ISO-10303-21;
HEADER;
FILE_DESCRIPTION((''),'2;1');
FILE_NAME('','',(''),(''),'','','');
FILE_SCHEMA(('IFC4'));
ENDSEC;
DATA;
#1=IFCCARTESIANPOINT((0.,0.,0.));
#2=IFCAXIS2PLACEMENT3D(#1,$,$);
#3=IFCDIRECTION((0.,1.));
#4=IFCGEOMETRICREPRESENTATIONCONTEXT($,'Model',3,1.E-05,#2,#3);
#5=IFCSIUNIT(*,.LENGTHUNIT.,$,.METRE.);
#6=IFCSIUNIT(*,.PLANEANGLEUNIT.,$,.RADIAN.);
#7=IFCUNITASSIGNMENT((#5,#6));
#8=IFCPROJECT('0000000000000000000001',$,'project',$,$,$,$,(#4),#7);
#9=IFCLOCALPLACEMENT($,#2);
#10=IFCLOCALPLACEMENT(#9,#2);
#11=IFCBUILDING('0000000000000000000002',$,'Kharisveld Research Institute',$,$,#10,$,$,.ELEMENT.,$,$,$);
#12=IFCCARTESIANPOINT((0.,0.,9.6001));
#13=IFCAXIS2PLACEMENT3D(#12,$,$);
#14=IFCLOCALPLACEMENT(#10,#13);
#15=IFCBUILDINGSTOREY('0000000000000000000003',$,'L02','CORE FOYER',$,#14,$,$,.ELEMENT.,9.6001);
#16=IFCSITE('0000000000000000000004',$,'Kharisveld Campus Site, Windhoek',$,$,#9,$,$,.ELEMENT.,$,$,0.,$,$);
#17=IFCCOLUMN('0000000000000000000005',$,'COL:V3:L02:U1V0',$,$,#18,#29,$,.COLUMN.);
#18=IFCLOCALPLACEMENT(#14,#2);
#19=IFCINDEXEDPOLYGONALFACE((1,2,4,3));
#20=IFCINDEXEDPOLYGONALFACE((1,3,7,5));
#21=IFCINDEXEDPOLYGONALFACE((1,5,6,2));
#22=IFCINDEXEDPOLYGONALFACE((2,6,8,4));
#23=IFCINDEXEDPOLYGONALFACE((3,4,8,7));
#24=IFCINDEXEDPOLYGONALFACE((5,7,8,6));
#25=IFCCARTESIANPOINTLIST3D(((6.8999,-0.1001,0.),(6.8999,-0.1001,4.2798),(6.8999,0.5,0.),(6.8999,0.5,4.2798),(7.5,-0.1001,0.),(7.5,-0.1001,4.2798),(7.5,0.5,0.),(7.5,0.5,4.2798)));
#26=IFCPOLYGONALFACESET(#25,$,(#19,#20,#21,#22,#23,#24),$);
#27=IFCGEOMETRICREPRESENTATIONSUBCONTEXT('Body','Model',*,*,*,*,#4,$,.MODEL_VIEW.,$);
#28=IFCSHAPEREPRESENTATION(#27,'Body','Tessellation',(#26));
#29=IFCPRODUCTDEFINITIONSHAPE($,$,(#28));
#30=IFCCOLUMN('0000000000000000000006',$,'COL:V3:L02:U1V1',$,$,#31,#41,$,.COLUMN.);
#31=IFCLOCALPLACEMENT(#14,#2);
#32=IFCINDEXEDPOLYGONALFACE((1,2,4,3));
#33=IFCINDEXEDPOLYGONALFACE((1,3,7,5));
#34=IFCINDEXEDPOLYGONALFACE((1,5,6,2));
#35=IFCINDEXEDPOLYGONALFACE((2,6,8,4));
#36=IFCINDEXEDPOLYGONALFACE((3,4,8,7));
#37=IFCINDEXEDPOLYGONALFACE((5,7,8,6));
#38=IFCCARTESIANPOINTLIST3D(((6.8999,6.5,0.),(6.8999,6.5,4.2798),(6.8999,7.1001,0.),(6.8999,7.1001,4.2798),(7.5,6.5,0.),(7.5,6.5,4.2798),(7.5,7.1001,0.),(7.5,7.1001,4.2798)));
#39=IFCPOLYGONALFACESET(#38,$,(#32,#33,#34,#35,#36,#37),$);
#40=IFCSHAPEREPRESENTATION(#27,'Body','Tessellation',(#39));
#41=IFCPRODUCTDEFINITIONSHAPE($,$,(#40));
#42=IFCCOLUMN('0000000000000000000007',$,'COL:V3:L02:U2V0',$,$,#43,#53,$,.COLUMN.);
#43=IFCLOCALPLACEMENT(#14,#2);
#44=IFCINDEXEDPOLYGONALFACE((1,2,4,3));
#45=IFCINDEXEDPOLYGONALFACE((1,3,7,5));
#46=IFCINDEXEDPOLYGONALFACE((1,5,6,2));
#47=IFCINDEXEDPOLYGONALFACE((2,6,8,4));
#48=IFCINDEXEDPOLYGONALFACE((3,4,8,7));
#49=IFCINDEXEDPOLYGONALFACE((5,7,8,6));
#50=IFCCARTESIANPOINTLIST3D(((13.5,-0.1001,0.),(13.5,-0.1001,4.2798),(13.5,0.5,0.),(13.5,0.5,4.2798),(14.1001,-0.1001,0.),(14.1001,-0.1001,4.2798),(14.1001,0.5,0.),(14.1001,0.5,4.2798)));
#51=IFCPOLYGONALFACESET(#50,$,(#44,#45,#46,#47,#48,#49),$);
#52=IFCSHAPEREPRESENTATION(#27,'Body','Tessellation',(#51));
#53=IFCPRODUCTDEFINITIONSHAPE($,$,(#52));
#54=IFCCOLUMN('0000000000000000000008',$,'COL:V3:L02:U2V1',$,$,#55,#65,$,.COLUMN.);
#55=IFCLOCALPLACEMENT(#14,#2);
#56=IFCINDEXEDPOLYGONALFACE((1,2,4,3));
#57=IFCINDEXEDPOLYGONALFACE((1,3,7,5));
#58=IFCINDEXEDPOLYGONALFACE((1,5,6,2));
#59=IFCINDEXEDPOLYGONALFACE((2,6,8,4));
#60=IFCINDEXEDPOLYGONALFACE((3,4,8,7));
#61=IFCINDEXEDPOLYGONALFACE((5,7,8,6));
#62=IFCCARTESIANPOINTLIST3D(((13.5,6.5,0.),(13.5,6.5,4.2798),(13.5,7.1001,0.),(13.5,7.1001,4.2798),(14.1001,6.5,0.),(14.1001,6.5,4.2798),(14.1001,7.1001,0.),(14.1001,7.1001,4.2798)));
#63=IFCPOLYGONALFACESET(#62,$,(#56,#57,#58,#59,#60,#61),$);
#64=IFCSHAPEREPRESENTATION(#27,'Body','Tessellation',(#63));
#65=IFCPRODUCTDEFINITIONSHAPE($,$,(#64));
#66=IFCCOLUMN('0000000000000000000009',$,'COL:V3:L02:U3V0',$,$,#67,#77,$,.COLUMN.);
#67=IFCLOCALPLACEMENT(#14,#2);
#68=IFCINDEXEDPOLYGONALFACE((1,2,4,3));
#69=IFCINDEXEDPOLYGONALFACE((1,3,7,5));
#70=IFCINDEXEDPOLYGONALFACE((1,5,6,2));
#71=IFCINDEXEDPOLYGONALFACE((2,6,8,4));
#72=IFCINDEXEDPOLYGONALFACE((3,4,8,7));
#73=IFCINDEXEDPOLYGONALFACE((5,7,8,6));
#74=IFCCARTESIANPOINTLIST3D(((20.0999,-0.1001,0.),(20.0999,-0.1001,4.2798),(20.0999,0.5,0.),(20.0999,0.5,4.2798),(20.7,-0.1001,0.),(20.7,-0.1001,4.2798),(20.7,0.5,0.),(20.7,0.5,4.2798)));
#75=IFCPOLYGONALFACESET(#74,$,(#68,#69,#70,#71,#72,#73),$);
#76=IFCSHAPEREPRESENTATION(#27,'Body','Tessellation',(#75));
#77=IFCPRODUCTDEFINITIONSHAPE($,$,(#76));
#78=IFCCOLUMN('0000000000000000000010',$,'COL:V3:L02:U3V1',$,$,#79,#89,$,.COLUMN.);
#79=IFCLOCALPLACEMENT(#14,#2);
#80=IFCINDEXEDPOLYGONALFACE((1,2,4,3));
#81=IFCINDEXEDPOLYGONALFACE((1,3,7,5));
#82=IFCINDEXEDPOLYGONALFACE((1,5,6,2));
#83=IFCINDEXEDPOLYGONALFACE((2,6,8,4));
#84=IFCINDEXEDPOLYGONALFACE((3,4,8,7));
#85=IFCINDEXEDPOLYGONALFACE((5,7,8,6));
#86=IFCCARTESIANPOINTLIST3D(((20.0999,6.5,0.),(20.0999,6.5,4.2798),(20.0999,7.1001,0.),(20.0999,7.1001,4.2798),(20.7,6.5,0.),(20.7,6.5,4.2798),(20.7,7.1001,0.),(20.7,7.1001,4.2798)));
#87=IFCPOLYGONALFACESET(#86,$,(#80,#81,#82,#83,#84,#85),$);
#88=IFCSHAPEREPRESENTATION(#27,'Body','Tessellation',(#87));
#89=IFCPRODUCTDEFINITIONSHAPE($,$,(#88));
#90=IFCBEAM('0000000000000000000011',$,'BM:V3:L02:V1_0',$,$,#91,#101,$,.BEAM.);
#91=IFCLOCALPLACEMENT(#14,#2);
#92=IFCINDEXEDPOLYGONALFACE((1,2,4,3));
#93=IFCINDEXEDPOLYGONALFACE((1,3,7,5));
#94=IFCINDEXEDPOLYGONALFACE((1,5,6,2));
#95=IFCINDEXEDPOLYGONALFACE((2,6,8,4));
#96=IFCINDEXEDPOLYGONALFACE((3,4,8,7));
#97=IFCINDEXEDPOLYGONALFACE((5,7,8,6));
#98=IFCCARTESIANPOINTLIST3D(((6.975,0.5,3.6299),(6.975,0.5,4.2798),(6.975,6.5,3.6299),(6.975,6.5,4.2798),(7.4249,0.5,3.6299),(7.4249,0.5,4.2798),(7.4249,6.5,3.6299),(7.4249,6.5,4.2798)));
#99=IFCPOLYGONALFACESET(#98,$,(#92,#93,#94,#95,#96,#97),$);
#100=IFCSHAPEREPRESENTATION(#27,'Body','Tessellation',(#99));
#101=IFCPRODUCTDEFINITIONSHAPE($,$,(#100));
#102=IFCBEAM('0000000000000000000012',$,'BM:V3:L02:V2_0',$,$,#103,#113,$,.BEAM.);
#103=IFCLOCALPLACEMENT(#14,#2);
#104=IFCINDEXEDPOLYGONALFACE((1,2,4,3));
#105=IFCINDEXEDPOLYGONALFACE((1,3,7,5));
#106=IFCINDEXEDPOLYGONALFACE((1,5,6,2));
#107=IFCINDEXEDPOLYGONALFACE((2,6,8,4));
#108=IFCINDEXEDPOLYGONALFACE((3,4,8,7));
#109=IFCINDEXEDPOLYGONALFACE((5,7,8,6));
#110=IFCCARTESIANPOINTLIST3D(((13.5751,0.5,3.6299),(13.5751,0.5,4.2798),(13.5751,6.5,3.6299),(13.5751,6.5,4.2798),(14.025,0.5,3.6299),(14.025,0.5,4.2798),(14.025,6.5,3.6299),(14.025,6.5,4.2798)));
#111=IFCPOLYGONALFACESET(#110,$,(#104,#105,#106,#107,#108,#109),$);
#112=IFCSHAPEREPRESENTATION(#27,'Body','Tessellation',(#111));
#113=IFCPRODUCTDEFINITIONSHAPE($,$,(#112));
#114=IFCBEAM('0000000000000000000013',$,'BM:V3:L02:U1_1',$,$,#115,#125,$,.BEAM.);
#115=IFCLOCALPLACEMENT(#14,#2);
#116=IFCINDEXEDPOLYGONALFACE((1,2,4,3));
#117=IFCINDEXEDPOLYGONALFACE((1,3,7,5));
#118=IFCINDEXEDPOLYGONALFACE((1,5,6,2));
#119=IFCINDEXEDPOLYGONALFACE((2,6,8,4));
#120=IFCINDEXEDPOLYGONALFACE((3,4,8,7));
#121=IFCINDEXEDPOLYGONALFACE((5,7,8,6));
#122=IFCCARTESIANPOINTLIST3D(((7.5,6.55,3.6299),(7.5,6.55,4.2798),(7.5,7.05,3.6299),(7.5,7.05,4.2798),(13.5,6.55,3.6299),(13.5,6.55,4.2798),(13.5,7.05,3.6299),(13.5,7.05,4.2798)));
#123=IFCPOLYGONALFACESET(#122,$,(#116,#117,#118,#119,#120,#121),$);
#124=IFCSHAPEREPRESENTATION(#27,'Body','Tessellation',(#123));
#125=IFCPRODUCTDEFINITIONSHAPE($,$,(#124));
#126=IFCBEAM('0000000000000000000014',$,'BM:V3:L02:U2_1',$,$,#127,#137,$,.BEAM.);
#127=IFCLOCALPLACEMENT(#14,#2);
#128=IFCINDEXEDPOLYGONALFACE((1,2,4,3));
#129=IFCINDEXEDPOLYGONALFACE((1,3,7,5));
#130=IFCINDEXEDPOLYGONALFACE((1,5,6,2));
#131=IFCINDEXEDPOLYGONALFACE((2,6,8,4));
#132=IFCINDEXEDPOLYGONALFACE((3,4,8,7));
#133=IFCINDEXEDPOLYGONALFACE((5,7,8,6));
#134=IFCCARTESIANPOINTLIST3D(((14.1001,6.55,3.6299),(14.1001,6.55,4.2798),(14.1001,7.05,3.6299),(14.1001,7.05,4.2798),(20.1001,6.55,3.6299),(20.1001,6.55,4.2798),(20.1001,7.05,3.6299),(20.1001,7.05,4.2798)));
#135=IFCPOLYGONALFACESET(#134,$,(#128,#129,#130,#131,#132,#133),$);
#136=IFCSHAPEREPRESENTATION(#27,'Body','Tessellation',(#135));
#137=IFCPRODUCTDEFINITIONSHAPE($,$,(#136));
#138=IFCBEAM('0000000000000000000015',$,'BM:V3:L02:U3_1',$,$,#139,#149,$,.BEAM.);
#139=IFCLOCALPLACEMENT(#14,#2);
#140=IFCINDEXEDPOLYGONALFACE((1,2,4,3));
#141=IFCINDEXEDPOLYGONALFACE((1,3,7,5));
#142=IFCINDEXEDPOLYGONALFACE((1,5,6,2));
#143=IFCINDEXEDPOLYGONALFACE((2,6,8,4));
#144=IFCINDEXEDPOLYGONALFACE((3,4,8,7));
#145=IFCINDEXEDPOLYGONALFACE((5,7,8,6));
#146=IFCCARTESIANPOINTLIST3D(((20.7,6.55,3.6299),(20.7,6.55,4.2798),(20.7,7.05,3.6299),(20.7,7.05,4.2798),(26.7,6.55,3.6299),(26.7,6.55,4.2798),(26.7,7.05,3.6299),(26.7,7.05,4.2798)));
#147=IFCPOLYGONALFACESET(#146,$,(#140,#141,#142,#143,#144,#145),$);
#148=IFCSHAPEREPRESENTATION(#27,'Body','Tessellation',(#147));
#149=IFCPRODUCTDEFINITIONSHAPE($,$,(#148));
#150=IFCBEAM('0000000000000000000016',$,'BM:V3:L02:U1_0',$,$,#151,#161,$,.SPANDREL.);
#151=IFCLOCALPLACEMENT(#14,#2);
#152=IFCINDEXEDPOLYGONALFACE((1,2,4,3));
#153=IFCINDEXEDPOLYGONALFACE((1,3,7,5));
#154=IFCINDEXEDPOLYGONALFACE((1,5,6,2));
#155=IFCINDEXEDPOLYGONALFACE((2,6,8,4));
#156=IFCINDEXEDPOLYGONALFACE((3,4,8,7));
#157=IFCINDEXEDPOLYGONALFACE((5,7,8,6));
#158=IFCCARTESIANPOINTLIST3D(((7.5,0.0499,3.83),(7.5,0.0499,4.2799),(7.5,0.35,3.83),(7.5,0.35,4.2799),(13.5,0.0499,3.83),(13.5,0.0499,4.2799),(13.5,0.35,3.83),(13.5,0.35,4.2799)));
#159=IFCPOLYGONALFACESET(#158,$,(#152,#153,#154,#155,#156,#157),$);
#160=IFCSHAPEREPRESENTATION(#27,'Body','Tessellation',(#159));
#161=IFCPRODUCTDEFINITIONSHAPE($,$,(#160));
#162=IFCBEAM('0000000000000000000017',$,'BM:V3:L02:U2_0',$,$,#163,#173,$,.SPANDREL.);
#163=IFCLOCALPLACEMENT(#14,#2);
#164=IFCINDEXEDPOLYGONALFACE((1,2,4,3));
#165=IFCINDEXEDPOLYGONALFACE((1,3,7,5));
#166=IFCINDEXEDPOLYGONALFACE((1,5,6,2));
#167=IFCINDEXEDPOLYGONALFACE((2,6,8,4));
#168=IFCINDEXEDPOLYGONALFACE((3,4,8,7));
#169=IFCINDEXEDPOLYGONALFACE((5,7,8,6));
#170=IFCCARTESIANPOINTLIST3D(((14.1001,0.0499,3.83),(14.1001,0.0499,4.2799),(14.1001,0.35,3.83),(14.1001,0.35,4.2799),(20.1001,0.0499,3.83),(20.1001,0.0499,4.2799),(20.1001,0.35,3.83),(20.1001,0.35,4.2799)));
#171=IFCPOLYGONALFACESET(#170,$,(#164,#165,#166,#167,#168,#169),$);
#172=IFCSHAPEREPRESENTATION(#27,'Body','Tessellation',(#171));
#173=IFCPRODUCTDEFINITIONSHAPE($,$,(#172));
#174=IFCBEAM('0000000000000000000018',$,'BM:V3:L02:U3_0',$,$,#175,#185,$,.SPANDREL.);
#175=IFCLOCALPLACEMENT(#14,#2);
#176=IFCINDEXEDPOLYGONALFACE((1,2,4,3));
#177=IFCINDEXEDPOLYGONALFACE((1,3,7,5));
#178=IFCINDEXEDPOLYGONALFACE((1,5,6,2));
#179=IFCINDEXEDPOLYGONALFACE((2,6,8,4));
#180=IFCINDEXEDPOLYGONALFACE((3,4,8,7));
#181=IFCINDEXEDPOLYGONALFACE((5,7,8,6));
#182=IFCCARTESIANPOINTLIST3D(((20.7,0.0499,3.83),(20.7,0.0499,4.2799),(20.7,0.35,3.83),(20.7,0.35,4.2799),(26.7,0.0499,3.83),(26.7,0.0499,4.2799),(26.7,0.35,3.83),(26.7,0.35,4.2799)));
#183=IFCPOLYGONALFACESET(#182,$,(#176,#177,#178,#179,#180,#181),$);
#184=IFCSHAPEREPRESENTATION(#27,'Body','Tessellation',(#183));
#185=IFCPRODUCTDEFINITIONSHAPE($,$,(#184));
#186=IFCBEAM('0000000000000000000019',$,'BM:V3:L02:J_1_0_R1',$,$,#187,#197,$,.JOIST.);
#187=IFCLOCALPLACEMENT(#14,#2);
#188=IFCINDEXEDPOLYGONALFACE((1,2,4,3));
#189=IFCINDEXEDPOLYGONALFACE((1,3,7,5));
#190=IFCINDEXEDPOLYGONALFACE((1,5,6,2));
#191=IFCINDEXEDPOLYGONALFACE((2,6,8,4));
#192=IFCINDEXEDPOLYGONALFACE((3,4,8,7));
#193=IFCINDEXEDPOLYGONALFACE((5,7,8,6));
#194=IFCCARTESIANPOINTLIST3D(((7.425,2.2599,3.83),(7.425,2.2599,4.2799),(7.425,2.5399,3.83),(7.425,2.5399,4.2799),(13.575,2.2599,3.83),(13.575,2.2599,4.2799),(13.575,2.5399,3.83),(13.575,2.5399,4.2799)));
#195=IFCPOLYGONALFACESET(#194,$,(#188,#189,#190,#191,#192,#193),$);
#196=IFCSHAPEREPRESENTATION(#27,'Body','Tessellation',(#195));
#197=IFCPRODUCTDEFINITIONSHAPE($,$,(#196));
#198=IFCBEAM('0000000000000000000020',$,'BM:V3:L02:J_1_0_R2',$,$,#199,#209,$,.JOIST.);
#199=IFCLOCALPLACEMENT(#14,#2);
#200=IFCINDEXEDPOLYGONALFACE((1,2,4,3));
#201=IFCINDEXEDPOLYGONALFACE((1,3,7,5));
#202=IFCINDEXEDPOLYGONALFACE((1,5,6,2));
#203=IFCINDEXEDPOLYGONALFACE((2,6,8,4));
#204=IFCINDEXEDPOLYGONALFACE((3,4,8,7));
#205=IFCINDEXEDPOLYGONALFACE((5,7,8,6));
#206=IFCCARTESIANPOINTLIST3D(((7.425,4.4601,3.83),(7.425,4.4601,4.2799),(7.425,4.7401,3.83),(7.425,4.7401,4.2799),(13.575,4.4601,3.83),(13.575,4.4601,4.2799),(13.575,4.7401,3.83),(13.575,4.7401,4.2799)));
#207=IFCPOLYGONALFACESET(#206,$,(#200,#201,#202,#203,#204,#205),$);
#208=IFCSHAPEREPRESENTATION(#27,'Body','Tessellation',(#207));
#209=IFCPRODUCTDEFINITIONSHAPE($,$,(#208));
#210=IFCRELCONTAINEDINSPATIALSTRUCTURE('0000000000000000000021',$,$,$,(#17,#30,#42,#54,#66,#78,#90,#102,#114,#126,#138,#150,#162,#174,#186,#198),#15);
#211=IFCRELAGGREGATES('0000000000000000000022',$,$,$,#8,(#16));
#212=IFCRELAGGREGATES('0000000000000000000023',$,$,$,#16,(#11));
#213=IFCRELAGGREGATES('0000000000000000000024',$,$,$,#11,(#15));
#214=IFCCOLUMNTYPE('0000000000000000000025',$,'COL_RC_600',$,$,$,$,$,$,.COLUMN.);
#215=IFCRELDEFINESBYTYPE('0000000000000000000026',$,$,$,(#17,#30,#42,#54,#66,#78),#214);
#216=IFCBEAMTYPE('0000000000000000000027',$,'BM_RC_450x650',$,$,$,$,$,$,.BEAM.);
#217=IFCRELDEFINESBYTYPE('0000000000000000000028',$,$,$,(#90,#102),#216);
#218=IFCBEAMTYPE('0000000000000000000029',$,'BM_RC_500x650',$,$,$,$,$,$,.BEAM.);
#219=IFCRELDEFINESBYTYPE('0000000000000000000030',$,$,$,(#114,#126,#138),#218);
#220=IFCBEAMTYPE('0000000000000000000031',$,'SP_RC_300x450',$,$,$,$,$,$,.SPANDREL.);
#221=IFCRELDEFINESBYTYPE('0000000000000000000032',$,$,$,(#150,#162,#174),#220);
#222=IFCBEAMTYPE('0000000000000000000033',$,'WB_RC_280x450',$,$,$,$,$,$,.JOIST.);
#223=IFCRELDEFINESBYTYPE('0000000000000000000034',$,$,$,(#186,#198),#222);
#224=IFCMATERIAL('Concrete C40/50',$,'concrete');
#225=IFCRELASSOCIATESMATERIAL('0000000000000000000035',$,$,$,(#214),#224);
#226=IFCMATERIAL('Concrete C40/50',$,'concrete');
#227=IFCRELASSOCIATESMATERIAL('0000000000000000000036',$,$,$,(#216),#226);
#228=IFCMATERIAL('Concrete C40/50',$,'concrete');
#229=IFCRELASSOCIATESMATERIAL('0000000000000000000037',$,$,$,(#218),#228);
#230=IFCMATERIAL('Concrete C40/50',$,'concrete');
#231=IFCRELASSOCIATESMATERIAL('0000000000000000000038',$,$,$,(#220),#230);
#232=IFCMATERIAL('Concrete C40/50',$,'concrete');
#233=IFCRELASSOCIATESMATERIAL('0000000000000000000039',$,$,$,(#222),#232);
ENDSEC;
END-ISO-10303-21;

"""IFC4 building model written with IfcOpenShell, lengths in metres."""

from ifc_helpers import new_model, si_unit, direction, frame, origin, origin_2d, place, context, subcontext, project, spatial, rectangle, extrude, material, material_profile, profile_set, type_object, element, save


model = new_model("IFC4")

# Units and contexts
model_context = context("Model", 3, precision=1e-05, world=origin(), true_north=direction((0.0, 1.0)))
body_context = subcontext(model_context, "Body", "Model", "MODEL_VIEW")
ifc_project = project(units=[si_unit("LENGTHUNIT", "METRE"), si_unit("PLANEANGLEUNIT", "RADIAN")], contexts=[model_context])

# Site, building, storey
site_placement = place(None, origin())
site = spatial("IfcSite", under=ifc_project, at=site_placement, Name="Kharisveld Campus Site, Windhoek", CompositionType="ELEMENT", RefElevation=0.0)
building_placement = place(site_placement, origin())
building = spatial("IfcBuilding", under=site, at=building_placement, Name="Kharisveld Research Institute", CompositionType="ELEMENT")
storey_placement = place(building_placement, frame((0.0, 0.0, 9.6001)))
storey = spatial("IfcBuildingStorey", under=building, at=storey_placement, Name="L02", Description="CORE FOYER", CompositionType="ELEMENT", Elevation=9.6001)

# Columns
ifc_material_1 = material(Name="Concrete C40/50", Category="concrete")
ifc_material_profile_1 = material_profile(ifc_material_1, rectangle(XDim=0.6001, YDim=0.6001, at=origin_2d()))
ifc_profile_set_1 = profile_set([ifc_material_profile_1], Name="Concrete C40/50")
column_type = type_object("IfcColumnType", Name="COL_RC_600", PredefinedType="COLUMN", material=ifc_profile_set_1)
for number, where, z_axis, x_axis, name in (
    (1, (7.2, 0.2, 0.0), (0.0, 0.0, 1.0), (1.0, 0.0, 0.0), "COL:V3:L02:U1V0"),
    (2, (7.2, 6.8, 0.0), (0.0, 0.0, 1.0), (1.0, 0.0, 0.0), "COL:V3:L02:U1V1"),
    (3, (13.8, 0.2, 0.0), (0.0, 0.0, 1.0), (1.0, 0.0, 0.0), "COL:V3:L02:U2V0"),
    (4, (13.8, 6.8, 0.0), (0.0, 0.0, 1.0), (1.0, 0.0, 0.0), "COL:V3:L02:U2V1"),
    (5, (20.3999, 0.2, 0.0), (0.0, 0.0, 1.0), (1.0, 0.0, 0.0), "COL:V3:L02:U3V0"),
    (6, (20.3999, 6.8, 0.0), (0.0, 0.0, 1.0), (1.0, 0.0, 0.0), "COL:V3:L02:U3V1"),
):
    element("IfcColumn", number, at=place(storey_placement, frame(where, z_axis=z_axis, x_axis=x_axis)), inside=storey, type_object=column_type, Name=name, PredefinedType="COLUMN", context=body_context, shape_type="SweptSolid", body=[
        extrude(rectangle(XDim=0.6001, YDim=0.6001, at=origin_2d()), origin(), (0.0, 0.0, 1.0), 4.2798),
    ])

# Beams
ifc_material_2 = material(Name="Concrete C40/50", Category="concrete")
ifc_material_profile_2 = material_profile(ifc_material_2, rectangle(XDim=0.45, YDim=0.6499, at=origin_2d()))
ifc_profile_set_2 = profile_set([ifc_material_profile_2], Name="Concrete C40/50")
beam_type_1 = type_object("IfcBeamType", Name="BM_RC_450x650", PredefinedType="BEAM", material=ifc_profile_set_2)
for number, where, z_axis, x_axis, name in (
    (7, (7.2, 0.5, 3.9548), (0.0, 1.0, 0.0), (-1.0, 0.0, 0.0), "BM:V3:L02:V1_0"),
    (8, (13.8, 0.5, 3.9548), (0.0, 1.0, 0.0), (-1.0, 0.0, 0.0), "BM:V3:L02:V2_0"),
):
    element("IfcBeam", number, at=place(storey_placement, frame(where, z_axis=z_axis, x_axis=x_axis)), inside=storey, type_object=beam_type_1, Name=name, PredefinedType="BEAM", context=body_context, shape_type="SweptSolid", body=[
        extrude(rectangle(XDim=0.45, YDim=0.6499, at=origin_2d()), origin(), (0.0, 0.0, 1.0), 6.0),
    ])
ifc_material_3 = material(Name="Concrete C40/50", Category="concrete")
ifc_material_profile_3 = material_profile(ifc_material_3, rectangle(XDim=0.5, YDim=0.6499, at=origin_2d()))
ifc_profile_set_3 = profile_set([ifc_material_profile_3], Name="Concrete C40/50")
beam_type_2 = type_object("IfcBeamType", Name="BM_RC_500x650", PredefinedType="BEAM", material=ifc_profile_set_3)
for number, where, z_axis, x_axis, name in (
    (9, (7.5, 6.8, 3.9548), (1.0, 0.0, 0.0), (0.0, 1.0, 0.0), "BM:V3:L02:U1_1"),
    (10, (14.1001, 6.8, 3.9548), (1.0, 0.0, 0.0), (0.0, 1.0, 0.0), "BM:V3:L02:U2_1"),
    (11, (20.7, 6.8, 3.9548), (1.0, 0.0, 0.0), (0.0, 1.0, 0.0), "BM:V3:L02:U3_1"),
):
    element("IfcBeam", number, at=place(storey_placement, frame(where, z_axis=z_axis, x_axis=x_axis)), inside=storey, type_object=beam_type_2, Name=name, PredefinedType="BEAM", context=body_context, shape_type="SweptSolid", body=[
        extrude(rectangle(XDim=0.5, YDim=0.6499, at=origin_2d()), origin(), (0.0, 0.0, 1.0), 6.0),
    ])
ifc_material_4 = material(Name="Concrete C40/50", Category="concrete")
ifc_material_profile_4 = material_profile(ifc_material_4, rectangle(XDim=0.3, YDim=0.45, at=origin_2d()))
ifc_profile_set_4 = profile_set([ifc_material_profile_4], Name="Concrete C40/50")
beam_type_3 = type_object("IfcBeamType", Name="SP_RC_300x450", PredefinedType="SPANDREL", material=ifc_profile_set_4)
for number, where, z_axis, x_axis, name in (
    (12, (7.5, 0.2, 4.0549), (1.0, 0.0, 0.0), (0.0, 1.0, 0.0), "BM:V3:L02:U1_0"),
    (13, (14.1001, 0.2, 4.0549), (1.0, 0.0, 0.0), (0.0, 1.0, 0.0), "BM:V3:L02:U2_0"),
    (14, (20.7, 0.2, 4.0549), (1.0, 0.0, 0.0), (0.0, 1.0, 0.0), "BM:V3:L02:U3_0"),
):
    element("IfcBeam", number, at=place(storey_placement, frame(where, z_axis=z_axis, x_axis=x_axis)), inside=storey, type_object=beam_type_3, Name=name, PredefinedType="SPANDREL", context=body_context, shape_type="SweptSolid", body=[
        extrude(rectangle(XDim=0.3, YDim=0.45, at=origin_2d()), origin(), (0.0, 0.0, 1.0), 6.0),
    ])
ifc_material_5 = material(Name="Concrete C40/50", Category="concrete")
ifc_material_profile_5 = material_profile(ifc_material_5, rectangle(XDim=0.28, YDim=0.45, at=origin_2d()))
ifc_profile_set_5 = profile_set([ifc_material_profile_5], Name="Concrete C40/50")
beam_type_4 = type_object("IfcBeamType", Name="WB_RC_280x450", PredefinedType="JOIST", material=ifc_profile_set_5)
for number, where, z_axis, x_axis, name in (
    (15, (7.425, 2.3999, 4.0549), (1.0, 0.0, 0.0), (0.0, 1.0, 0.0), "BM:V3:L02:J_1_0_R1"),
    (16, (7.425, 4.6001, 4.0549), (1.0, 0.0, 0.0), (0.0, 1.0, 0.0), "BM:V3:L02:J_1_0_R2"),
):
    element("IfcBeam", number, at=place(storey_placement, frame(where, z_axis=z_axis, x_axis=x_axis)), inside=storey, type_object=beam_type_4, Name=name, PredefinedType="JOIST", context=body_context, shape_type="SweptSolid", body=[
        extrude(rectangle(XDim=0.28, YDim=0.45, at=origin_2d()), origin(), (0.0, 0.0, 1.0), 6.1499),
    ])

save(model, "model.ifc")
